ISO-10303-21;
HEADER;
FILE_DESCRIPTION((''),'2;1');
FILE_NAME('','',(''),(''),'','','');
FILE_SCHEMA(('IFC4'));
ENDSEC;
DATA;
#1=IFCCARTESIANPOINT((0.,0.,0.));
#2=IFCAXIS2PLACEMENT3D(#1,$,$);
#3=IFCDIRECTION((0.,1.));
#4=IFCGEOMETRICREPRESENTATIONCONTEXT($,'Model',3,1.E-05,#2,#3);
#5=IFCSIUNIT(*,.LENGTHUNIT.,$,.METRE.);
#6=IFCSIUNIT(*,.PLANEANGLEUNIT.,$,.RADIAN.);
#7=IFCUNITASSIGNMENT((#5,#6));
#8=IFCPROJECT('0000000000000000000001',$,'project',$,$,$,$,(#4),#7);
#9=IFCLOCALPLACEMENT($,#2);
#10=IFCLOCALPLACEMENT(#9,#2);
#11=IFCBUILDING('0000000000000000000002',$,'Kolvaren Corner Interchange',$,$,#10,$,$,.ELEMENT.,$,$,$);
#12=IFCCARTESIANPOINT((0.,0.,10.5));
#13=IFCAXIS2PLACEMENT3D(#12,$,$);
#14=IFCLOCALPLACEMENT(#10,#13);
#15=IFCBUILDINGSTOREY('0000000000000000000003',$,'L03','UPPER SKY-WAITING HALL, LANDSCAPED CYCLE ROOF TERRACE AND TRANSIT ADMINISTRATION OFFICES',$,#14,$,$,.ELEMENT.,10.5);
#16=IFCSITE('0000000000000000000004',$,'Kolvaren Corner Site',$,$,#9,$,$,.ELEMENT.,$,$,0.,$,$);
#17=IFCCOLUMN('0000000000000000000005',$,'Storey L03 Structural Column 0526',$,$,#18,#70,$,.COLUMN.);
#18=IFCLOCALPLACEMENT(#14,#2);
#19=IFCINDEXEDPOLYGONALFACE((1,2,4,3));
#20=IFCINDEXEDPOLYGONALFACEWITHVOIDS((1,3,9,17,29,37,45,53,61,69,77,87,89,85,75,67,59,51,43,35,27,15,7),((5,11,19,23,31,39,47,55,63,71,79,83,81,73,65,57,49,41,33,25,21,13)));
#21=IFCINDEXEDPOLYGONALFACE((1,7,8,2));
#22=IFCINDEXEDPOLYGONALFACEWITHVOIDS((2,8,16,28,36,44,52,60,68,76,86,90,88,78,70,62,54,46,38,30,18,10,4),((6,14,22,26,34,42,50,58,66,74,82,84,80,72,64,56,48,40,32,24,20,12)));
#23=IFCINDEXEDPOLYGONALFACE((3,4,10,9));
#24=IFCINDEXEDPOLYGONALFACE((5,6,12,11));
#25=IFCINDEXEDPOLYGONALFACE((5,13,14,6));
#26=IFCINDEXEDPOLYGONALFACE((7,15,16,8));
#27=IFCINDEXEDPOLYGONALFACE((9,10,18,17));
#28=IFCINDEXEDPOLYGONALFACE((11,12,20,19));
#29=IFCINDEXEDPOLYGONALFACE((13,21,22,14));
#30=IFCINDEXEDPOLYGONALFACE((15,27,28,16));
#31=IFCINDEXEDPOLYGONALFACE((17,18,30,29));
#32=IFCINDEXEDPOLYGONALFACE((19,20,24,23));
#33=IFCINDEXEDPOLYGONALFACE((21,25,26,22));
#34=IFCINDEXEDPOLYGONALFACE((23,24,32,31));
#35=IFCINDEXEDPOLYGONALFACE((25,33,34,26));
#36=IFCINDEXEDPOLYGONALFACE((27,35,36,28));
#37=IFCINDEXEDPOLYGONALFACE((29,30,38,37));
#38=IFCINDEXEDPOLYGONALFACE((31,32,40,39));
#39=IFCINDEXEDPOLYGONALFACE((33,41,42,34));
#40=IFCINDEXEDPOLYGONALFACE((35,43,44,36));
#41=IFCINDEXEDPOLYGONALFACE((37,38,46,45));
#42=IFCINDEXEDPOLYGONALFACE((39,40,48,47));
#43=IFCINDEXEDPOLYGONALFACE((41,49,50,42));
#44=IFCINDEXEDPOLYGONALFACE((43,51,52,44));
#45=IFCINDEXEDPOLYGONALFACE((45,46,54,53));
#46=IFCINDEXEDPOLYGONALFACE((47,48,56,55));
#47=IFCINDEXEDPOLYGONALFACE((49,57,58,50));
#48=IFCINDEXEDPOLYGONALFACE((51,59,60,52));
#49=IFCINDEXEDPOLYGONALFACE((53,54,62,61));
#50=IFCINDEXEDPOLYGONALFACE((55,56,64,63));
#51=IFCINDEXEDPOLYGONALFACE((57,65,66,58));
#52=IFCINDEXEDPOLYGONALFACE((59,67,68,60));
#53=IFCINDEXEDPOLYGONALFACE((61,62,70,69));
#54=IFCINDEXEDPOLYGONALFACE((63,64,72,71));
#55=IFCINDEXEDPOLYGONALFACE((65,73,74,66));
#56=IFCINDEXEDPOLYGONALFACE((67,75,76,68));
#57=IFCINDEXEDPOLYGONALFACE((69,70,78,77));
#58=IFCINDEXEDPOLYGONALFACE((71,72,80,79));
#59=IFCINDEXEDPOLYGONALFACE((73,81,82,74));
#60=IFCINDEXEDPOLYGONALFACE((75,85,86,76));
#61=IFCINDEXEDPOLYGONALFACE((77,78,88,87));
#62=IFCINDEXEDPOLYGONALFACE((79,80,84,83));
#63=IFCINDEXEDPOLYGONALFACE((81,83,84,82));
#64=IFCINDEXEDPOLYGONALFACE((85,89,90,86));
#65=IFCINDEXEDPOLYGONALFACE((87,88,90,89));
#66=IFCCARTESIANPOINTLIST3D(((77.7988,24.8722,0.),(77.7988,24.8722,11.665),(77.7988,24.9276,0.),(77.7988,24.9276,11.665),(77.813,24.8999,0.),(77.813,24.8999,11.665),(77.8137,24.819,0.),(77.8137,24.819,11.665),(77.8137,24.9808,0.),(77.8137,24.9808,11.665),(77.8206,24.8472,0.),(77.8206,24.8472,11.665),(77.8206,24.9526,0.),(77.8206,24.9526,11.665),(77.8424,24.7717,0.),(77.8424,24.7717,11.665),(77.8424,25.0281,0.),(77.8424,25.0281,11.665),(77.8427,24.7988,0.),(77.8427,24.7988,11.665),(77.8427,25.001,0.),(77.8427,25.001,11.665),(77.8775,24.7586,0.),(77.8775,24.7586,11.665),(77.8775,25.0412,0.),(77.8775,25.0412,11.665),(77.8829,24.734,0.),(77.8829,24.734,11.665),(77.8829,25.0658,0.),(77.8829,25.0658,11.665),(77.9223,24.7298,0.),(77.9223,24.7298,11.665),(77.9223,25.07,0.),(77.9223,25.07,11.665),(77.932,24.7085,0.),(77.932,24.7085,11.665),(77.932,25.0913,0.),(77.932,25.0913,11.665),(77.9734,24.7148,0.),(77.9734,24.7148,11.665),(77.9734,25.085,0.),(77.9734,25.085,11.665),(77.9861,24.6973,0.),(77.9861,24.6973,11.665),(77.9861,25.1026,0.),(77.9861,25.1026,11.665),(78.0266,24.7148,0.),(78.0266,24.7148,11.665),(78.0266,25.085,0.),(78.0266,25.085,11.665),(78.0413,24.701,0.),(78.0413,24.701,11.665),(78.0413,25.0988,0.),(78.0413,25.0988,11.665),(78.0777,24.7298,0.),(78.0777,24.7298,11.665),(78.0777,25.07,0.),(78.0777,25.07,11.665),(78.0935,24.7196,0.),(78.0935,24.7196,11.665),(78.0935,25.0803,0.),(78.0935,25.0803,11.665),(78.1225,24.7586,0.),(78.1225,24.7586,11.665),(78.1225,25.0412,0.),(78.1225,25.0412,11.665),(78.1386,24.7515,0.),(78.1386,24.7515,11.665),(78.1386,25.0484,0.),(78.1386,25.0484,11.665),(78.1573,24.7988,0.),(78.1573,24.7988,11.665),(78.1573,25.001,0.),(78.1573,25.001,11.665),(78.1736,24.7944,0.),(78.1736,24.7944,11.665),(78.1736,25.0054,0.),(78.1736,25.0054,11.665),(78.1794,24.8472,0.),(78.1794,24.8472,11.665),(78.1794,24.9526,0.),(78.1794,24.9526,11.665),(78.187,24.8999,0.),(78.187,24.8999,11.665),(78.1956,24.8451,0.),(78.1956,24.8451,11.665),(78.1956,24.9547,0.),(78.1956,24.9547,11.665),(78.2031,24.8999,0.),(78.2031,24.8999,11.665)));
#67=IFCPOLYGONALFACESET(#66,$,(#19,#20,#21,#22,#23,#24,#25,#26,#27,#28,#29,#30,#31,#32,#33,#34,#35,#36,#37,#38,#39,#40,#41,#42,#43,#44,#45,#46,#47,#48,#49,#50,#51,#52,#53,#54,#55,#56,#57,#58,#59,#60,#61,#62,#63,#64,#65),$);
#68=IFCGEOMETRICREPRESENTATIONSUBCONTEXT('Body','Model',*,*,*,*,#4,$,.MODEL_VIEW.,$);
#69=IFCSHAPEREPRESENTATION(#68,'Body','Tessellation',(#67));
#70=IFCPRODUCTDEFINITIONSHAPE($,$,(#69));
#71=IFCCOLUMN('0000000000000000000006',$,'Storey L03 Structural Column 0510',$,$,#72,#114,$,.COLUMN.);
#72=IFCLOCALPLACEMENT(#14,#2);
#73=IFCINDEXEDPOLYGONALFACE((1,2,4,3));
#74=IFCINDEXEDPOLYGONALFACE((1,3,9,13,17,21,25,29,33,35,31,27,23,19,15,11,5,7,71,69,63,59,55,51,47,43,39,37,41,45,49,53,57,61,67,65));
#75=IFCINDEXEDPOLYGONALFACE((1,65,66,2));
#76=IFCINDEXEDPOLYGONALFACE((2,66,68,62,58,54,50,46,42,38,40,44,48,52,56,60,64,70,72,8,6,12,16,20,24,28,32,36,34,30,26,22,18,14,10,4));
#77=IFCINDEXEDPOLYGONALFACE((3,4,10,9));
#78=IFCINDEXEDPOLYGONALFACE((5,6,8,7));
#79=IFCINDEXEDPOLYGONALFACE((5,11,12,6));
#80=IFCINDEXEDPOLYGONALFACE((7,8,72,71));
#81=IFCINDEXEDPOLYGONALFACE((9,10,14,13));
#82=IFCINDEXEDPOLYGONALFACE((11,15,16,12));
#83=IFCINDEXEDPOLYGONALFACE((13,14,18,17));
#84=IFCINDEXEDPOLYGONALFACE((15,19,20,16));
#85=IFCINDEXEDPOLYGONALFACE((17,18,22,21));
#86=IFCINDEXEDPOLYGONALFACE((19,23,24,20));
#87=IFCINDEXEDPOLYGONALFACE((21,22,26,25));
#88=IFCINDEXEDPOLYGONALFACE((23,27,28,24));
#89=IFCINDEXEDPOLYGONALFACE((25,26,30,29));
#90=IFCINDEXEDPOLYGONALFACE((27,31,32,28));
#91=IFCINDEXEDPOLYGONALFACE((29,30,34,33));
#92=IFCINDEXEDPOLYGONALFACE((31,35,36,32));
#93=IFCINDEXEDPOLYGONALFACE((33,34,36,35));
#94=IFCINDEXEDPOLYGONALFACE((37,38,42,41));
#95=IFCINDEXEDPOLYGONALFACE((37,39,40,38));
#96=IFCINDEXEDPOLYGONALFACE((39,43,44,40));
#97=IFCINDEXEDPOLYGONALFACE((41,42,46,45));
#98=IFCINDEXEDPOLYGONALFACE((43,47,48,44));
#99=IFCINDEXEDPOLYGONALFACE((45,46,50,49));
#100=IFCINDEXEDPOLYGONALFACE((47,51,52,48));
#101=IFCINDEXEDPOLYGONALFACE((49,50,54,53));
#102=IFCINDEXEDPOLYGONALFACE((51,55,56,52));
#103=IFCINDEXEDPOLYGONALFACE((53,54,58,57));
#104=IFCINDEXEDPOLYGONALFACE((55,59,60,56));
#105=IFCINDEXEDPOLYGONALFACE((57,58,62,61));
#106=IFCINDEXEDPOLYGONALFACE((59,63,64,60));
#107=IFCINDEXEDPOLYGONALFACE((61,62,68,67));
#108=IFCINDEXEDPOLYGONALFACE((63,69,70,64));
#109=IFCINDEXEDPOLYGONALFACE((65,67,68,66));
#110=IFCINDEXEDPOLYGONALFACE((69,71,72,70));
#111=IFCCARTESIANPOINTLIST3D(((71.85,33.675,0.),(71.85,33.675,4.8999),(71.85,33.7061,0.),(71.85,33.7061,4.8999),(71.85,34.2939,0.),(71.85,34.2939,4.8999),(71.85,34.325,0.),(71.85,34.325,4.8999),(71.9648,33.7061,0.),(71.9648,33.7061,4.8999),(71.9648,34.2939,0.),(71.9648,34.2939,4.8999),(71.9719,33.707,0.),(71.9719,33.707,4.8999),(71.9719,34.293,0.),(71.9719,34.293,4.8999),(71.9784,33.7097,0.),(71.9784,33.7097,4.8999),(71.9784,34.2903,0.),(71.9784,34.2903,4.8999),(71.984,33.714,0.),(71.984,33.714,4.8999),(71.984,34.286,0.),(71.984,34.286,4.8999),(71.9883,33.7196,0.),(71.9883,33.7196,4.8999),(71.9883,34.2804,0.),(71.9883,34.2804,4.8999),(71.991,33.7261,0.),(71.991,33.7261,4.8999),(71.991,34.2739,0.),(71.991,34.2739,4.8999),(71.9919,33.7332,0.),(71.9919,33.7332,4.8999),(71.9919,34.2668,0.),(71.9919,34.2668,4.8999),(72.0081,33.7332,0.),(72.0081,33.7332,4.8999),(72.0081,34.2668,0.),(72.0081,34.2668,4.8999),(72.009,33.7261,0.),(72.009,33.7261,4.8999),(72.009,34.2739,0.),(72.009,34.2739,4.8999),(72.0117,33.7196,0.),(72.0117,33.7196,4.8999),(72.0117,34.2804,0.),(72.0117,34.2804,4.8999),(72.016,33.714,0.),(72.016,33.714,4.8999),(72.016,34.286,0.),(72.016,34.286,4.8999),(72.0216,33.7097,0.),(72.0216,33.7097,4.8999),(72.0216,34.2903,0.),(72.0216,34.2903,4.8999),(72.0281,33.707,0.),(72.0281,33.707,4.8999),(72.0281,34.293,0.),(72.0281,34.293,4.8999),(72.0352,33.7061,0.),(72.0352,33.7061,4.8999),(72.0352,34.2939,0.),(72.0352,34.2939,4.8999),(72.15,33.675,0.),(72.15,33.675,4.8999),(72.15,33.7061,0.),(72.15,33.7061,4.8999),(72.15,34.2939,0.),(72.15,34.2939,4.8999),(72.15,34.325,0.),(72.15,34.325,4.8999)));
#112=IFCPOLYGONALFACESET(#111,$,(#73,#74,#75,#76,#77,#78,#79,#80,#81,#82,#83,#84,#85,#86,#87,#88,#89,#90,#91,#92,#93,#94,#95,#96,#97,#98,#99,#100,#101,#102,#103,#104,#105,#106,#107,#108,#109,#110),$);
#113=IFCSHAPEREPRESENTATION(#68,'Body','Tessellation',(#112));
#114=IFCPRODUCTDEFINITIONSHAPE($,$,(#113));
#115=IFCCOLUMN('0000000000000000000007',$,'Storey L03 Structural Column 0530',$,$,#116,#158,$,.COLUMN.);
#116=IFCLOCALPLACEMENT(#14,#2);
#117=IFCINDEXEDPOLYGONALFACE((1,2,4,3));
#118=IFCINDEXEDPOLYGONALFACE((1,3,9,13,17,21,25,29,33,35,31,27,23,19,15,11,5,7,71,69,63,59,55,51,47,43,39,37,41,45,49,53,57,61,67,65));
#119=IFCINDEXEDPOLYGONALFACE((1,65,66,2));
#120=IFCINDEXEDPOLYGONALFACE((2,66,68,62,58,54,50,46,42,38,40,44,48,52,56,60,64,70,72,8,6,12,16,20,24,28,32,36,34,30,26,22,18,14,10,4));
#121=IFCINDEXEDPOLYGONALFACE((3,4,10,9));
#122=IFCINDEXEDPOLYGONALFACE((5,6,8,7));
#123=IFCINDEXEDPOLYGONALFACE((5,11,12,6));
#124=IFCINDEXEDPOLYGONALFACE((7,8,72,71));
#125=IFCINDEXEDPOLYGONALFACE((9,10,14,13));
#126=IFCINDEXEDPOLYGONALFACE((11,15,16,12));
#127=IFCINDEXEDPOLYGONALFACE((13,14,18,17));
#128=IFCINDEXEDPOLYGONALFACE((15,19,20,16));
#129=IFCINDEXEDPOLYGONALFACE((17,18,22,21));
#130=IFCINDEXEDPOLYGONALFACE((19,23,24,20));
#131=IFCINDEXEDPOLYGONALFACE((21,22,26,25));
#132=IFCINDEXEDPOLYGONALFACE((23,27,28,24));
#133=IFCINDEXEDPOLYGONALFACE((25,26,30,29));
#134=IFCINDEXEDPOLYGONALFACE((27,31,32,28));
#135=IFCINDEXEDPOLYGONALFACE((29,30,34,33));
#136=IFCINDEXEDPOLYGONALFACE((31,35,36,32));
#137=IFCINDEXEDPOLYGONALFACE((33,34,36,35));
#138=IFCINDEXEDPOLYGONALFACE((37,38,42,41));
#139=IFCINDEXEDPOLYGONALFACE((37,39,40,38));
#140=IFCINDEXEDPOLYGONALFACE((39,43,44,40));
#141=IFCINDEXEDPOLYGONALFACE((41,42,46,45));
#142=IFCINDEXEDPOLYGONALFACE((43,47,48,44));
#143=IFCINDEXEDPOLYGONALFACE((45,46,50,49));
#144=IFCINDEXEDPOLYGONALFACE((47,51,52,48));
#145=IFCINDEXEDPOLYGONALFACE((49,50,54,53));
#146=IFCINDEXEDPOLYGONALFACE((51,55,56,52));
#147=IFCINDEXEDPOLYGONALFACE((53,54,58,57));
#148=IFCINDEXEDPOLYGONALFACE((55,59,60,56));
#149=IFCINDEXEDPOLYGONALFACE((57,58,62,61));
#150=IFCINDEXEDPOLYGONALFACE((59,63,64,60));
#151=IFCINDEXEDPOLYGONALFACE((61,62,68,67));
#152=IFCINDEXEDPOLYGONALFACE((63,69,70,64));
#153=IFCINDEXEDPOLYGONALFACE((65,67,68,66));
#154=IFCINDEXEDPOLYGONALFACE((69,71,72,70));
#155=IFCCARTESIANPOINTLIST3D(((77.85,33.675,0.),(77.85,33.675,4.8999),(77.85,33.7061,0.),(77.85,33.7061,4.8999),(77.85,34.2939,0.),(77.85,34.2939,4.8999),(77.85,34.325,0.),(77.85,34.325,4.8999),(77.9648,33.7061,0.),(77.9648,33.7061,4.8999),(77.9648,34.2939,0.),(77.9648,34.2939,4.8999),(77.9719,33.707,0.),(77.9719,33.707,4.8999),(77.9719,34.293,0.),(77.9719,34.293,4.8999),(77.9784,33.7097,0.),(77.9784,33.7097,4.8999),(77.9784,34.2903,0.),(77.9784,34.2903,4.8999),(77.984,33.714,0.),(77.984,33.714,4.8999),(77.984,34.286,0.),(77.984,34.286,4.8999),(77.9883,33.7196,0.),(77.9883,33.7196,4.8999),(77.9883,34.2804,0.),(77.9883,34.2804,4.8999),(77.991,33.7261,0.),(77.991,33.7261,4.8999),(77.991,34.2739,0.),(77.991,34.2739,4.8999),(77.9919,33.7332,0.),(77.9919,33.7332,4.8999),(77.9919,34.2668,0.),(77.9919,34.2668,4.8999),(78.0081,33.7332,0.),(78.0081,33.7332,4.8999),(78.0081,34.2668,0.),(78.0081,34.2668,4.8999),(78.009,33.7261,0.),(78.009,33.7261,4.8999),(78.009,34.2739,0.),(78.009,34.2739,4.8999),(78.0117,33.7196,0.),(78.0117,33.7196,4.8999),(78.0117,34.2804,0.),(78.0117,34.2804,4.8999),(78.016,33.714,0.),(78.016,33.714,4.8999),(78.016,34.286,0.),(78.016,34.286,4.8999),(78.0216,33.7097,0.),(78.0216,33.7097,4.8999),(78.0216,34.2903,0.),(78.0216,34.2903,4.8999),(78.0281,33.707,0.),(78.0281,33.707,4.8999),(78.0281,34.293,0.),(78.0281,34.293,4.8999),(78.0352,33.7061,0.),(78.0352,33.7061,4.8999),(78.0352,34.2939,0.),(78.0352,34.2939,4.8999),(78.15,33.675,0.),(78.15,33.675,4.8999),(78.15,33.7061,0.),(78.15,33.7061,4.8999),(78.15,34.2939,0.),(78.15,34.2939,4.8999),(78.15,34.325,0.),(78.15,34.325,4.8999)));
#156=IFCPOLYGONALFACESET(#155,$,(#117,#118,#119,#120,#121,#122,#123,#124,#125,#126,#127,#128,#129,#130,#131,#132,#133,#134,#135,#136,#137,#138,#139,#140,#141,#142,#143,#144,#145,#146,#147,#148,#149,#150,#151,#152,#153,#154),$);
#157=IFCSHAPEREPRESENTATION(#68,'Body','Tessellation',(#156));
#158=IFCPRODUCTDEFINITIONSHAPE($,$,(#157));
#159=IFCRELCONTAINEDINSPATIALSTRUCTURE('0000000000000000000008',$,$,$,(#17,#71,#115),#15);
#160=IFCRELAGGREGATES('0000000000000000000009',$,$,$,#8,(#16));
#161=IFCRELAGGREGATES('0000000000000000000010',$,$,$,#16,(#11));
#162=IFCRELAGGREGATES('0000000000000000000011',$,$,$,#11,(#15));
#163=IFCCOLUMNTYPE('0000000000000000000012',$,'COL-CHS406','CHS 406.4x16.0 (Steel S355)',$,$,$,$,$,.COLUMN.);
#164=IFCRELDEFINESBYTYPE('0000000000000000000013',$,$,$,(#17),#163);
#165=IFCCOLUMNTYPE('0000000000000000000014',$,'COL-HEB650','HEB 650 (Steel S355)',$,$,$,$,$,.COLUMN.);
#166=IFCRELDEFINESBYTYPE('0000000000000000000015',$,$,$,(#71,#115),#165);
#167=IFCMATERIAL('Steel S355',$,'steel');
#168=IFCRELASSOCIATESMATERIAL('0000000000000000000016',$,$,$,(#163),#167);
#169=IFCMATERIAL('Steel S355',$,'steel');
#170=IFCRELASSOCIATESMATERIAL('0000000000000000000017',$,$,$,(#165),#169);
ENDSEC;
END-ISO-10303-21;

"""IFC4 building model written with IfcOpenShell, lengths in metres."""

from ifc_helpers import new_model, si_unit, direction, frame, origin, origin_2d, place, context, subcontext, project, spatial, hollow_circle, i_section, extrude, material, material_profile, profile_set, type_object, element, save


model = new_model("IFC4")

# Units and contexts
model_context = context("Model", 3, precision=1e-05, world=origin(), true_north=direction((0.0, 1.0)))
body_context = subcontext(model_context, "Body", "Model", "MODEL_VIEW")
ifc_project = project(units=[si_unit("LENGTHUNIT", "METRE"), si_unit("PLANEANGLEUNIT", "RADIAN")], contexts=[model_context])

# Site, building, storey
site_placement = place(None, origin())
site = spatial("IfcSite", under=ifc_project, at=site_placement, Name="Kolvaren Corner Site", CompositionType="ELEMENT", RefElevation=0.0)
building_placement = place(site_placement, origin())
building = spatial("IfcBuilding", under=site, at=building_placement, Name="Kolvaren Corner Interchange", CompositionType="ELEMENT")
storey_placement = place(building_placement, frame((0.0, 0.0, 10.5)))
storey = spatial("IfcBuildingStorey", under=building, at=storey_placement, Name="L03", Description="UPPER SKY-WAITING HALL, LANDSCAPED CYCLE ROOF TERRACE AND TRANSIT ADMINISTRATION OFFICES", CompositionType="ELEMENT", Elevation=10.5)

# Columns
ifc_material_1 = material(Name="Steel S355", Category="steel")
ifc_material_profile_1 = material_profile(ifc_material_1, hollow_circle(Radius=0.2031, WallThickness=0.0161, at=origin_2d()), Name="CHS 406.4x16.0")
ifc_profile_set_1 = profile_set([ifc_material_profile_1], Name="Steel S355")
column_type_1 = type_object("IfcColumnType", Name="COL-CHS406", Description="CHS 406.4x16.0 (Steel S355)", PredefinedType="COLUMN", material=ifc_profile_set_1)
column_placement = place(storey_placement, frame((78.0, 24.8999, 0.0), z_axis=(0.0, 0.0, 1.0), x_axis=(1.0, 0.0, 0.0)))
element("IfcColumn", 1, at=column_placement, inside=storey, type_object=column_type_1, Name="Storey L03 Structural Column 0526", PredefinedType="COLUMN", context=body_context, shape_type="SweptSolid", body=[
    extrude(hollow_circle(Radius=0.2031, WallThickness=0.0161, at=origin_2d()), origin(), (0.0, 0.0, 1.0), 11.665),
])
ifc_material_2 = material(Name="Steel S355", Category="steel")
ifc_material_profile_2 = material_profile(ifc_material_2, i_section(OverallWidth=0.3, OverallDepth=0.6499, WebThickness=0.0161, FlangeThickness=0.031, FilletRadius=0.0271, at=origin_2d()), Name="HEB 650")
ifc_profile_set_2 = profile_set([ifc_material_profile_2], Name="Steel S355")
column_type_2 = type_object("IfcColumnType", Name="COL-HEB650", Description="HEB 650 (Steel S355)", PredefinedType="COLUMN", material=ifc_profile_set_2)
for number, where, z_axis, x_axis, name in (
    (2, (72.0, 34.0, 0.0), (0.0, 0.0, 1.0), (1.0, 0.0, 0.0), "Storey L03 Structural Column 0510"),
    (3, (78.0, 34.0, 0.0), (0.0, 0.0, 1.0), (1.0, 0.0, 0.0), "Storey L03 Structural Column 0530"),
):
    element("IfcColumn", number, at=place(storey_placement, frame(where, z_axis=z_axis, x_axis=x_axis)), inside=storey, type_object=column_type_2, Name=name, PredefinedType="COLUMN", context=body_context, shape_type="SweptSolid", body=[
        extrude(i_section(OverallWidth=0.3, OverallDepth=0.6499, WebThickness=0.0161, FlangeThickness=0.031, FilletRadius=0.0271, at=origin_2d()), origin(), (0.0, 0.0, 1.0), 4.8999),
    ])

save(model, "model.ifc")
